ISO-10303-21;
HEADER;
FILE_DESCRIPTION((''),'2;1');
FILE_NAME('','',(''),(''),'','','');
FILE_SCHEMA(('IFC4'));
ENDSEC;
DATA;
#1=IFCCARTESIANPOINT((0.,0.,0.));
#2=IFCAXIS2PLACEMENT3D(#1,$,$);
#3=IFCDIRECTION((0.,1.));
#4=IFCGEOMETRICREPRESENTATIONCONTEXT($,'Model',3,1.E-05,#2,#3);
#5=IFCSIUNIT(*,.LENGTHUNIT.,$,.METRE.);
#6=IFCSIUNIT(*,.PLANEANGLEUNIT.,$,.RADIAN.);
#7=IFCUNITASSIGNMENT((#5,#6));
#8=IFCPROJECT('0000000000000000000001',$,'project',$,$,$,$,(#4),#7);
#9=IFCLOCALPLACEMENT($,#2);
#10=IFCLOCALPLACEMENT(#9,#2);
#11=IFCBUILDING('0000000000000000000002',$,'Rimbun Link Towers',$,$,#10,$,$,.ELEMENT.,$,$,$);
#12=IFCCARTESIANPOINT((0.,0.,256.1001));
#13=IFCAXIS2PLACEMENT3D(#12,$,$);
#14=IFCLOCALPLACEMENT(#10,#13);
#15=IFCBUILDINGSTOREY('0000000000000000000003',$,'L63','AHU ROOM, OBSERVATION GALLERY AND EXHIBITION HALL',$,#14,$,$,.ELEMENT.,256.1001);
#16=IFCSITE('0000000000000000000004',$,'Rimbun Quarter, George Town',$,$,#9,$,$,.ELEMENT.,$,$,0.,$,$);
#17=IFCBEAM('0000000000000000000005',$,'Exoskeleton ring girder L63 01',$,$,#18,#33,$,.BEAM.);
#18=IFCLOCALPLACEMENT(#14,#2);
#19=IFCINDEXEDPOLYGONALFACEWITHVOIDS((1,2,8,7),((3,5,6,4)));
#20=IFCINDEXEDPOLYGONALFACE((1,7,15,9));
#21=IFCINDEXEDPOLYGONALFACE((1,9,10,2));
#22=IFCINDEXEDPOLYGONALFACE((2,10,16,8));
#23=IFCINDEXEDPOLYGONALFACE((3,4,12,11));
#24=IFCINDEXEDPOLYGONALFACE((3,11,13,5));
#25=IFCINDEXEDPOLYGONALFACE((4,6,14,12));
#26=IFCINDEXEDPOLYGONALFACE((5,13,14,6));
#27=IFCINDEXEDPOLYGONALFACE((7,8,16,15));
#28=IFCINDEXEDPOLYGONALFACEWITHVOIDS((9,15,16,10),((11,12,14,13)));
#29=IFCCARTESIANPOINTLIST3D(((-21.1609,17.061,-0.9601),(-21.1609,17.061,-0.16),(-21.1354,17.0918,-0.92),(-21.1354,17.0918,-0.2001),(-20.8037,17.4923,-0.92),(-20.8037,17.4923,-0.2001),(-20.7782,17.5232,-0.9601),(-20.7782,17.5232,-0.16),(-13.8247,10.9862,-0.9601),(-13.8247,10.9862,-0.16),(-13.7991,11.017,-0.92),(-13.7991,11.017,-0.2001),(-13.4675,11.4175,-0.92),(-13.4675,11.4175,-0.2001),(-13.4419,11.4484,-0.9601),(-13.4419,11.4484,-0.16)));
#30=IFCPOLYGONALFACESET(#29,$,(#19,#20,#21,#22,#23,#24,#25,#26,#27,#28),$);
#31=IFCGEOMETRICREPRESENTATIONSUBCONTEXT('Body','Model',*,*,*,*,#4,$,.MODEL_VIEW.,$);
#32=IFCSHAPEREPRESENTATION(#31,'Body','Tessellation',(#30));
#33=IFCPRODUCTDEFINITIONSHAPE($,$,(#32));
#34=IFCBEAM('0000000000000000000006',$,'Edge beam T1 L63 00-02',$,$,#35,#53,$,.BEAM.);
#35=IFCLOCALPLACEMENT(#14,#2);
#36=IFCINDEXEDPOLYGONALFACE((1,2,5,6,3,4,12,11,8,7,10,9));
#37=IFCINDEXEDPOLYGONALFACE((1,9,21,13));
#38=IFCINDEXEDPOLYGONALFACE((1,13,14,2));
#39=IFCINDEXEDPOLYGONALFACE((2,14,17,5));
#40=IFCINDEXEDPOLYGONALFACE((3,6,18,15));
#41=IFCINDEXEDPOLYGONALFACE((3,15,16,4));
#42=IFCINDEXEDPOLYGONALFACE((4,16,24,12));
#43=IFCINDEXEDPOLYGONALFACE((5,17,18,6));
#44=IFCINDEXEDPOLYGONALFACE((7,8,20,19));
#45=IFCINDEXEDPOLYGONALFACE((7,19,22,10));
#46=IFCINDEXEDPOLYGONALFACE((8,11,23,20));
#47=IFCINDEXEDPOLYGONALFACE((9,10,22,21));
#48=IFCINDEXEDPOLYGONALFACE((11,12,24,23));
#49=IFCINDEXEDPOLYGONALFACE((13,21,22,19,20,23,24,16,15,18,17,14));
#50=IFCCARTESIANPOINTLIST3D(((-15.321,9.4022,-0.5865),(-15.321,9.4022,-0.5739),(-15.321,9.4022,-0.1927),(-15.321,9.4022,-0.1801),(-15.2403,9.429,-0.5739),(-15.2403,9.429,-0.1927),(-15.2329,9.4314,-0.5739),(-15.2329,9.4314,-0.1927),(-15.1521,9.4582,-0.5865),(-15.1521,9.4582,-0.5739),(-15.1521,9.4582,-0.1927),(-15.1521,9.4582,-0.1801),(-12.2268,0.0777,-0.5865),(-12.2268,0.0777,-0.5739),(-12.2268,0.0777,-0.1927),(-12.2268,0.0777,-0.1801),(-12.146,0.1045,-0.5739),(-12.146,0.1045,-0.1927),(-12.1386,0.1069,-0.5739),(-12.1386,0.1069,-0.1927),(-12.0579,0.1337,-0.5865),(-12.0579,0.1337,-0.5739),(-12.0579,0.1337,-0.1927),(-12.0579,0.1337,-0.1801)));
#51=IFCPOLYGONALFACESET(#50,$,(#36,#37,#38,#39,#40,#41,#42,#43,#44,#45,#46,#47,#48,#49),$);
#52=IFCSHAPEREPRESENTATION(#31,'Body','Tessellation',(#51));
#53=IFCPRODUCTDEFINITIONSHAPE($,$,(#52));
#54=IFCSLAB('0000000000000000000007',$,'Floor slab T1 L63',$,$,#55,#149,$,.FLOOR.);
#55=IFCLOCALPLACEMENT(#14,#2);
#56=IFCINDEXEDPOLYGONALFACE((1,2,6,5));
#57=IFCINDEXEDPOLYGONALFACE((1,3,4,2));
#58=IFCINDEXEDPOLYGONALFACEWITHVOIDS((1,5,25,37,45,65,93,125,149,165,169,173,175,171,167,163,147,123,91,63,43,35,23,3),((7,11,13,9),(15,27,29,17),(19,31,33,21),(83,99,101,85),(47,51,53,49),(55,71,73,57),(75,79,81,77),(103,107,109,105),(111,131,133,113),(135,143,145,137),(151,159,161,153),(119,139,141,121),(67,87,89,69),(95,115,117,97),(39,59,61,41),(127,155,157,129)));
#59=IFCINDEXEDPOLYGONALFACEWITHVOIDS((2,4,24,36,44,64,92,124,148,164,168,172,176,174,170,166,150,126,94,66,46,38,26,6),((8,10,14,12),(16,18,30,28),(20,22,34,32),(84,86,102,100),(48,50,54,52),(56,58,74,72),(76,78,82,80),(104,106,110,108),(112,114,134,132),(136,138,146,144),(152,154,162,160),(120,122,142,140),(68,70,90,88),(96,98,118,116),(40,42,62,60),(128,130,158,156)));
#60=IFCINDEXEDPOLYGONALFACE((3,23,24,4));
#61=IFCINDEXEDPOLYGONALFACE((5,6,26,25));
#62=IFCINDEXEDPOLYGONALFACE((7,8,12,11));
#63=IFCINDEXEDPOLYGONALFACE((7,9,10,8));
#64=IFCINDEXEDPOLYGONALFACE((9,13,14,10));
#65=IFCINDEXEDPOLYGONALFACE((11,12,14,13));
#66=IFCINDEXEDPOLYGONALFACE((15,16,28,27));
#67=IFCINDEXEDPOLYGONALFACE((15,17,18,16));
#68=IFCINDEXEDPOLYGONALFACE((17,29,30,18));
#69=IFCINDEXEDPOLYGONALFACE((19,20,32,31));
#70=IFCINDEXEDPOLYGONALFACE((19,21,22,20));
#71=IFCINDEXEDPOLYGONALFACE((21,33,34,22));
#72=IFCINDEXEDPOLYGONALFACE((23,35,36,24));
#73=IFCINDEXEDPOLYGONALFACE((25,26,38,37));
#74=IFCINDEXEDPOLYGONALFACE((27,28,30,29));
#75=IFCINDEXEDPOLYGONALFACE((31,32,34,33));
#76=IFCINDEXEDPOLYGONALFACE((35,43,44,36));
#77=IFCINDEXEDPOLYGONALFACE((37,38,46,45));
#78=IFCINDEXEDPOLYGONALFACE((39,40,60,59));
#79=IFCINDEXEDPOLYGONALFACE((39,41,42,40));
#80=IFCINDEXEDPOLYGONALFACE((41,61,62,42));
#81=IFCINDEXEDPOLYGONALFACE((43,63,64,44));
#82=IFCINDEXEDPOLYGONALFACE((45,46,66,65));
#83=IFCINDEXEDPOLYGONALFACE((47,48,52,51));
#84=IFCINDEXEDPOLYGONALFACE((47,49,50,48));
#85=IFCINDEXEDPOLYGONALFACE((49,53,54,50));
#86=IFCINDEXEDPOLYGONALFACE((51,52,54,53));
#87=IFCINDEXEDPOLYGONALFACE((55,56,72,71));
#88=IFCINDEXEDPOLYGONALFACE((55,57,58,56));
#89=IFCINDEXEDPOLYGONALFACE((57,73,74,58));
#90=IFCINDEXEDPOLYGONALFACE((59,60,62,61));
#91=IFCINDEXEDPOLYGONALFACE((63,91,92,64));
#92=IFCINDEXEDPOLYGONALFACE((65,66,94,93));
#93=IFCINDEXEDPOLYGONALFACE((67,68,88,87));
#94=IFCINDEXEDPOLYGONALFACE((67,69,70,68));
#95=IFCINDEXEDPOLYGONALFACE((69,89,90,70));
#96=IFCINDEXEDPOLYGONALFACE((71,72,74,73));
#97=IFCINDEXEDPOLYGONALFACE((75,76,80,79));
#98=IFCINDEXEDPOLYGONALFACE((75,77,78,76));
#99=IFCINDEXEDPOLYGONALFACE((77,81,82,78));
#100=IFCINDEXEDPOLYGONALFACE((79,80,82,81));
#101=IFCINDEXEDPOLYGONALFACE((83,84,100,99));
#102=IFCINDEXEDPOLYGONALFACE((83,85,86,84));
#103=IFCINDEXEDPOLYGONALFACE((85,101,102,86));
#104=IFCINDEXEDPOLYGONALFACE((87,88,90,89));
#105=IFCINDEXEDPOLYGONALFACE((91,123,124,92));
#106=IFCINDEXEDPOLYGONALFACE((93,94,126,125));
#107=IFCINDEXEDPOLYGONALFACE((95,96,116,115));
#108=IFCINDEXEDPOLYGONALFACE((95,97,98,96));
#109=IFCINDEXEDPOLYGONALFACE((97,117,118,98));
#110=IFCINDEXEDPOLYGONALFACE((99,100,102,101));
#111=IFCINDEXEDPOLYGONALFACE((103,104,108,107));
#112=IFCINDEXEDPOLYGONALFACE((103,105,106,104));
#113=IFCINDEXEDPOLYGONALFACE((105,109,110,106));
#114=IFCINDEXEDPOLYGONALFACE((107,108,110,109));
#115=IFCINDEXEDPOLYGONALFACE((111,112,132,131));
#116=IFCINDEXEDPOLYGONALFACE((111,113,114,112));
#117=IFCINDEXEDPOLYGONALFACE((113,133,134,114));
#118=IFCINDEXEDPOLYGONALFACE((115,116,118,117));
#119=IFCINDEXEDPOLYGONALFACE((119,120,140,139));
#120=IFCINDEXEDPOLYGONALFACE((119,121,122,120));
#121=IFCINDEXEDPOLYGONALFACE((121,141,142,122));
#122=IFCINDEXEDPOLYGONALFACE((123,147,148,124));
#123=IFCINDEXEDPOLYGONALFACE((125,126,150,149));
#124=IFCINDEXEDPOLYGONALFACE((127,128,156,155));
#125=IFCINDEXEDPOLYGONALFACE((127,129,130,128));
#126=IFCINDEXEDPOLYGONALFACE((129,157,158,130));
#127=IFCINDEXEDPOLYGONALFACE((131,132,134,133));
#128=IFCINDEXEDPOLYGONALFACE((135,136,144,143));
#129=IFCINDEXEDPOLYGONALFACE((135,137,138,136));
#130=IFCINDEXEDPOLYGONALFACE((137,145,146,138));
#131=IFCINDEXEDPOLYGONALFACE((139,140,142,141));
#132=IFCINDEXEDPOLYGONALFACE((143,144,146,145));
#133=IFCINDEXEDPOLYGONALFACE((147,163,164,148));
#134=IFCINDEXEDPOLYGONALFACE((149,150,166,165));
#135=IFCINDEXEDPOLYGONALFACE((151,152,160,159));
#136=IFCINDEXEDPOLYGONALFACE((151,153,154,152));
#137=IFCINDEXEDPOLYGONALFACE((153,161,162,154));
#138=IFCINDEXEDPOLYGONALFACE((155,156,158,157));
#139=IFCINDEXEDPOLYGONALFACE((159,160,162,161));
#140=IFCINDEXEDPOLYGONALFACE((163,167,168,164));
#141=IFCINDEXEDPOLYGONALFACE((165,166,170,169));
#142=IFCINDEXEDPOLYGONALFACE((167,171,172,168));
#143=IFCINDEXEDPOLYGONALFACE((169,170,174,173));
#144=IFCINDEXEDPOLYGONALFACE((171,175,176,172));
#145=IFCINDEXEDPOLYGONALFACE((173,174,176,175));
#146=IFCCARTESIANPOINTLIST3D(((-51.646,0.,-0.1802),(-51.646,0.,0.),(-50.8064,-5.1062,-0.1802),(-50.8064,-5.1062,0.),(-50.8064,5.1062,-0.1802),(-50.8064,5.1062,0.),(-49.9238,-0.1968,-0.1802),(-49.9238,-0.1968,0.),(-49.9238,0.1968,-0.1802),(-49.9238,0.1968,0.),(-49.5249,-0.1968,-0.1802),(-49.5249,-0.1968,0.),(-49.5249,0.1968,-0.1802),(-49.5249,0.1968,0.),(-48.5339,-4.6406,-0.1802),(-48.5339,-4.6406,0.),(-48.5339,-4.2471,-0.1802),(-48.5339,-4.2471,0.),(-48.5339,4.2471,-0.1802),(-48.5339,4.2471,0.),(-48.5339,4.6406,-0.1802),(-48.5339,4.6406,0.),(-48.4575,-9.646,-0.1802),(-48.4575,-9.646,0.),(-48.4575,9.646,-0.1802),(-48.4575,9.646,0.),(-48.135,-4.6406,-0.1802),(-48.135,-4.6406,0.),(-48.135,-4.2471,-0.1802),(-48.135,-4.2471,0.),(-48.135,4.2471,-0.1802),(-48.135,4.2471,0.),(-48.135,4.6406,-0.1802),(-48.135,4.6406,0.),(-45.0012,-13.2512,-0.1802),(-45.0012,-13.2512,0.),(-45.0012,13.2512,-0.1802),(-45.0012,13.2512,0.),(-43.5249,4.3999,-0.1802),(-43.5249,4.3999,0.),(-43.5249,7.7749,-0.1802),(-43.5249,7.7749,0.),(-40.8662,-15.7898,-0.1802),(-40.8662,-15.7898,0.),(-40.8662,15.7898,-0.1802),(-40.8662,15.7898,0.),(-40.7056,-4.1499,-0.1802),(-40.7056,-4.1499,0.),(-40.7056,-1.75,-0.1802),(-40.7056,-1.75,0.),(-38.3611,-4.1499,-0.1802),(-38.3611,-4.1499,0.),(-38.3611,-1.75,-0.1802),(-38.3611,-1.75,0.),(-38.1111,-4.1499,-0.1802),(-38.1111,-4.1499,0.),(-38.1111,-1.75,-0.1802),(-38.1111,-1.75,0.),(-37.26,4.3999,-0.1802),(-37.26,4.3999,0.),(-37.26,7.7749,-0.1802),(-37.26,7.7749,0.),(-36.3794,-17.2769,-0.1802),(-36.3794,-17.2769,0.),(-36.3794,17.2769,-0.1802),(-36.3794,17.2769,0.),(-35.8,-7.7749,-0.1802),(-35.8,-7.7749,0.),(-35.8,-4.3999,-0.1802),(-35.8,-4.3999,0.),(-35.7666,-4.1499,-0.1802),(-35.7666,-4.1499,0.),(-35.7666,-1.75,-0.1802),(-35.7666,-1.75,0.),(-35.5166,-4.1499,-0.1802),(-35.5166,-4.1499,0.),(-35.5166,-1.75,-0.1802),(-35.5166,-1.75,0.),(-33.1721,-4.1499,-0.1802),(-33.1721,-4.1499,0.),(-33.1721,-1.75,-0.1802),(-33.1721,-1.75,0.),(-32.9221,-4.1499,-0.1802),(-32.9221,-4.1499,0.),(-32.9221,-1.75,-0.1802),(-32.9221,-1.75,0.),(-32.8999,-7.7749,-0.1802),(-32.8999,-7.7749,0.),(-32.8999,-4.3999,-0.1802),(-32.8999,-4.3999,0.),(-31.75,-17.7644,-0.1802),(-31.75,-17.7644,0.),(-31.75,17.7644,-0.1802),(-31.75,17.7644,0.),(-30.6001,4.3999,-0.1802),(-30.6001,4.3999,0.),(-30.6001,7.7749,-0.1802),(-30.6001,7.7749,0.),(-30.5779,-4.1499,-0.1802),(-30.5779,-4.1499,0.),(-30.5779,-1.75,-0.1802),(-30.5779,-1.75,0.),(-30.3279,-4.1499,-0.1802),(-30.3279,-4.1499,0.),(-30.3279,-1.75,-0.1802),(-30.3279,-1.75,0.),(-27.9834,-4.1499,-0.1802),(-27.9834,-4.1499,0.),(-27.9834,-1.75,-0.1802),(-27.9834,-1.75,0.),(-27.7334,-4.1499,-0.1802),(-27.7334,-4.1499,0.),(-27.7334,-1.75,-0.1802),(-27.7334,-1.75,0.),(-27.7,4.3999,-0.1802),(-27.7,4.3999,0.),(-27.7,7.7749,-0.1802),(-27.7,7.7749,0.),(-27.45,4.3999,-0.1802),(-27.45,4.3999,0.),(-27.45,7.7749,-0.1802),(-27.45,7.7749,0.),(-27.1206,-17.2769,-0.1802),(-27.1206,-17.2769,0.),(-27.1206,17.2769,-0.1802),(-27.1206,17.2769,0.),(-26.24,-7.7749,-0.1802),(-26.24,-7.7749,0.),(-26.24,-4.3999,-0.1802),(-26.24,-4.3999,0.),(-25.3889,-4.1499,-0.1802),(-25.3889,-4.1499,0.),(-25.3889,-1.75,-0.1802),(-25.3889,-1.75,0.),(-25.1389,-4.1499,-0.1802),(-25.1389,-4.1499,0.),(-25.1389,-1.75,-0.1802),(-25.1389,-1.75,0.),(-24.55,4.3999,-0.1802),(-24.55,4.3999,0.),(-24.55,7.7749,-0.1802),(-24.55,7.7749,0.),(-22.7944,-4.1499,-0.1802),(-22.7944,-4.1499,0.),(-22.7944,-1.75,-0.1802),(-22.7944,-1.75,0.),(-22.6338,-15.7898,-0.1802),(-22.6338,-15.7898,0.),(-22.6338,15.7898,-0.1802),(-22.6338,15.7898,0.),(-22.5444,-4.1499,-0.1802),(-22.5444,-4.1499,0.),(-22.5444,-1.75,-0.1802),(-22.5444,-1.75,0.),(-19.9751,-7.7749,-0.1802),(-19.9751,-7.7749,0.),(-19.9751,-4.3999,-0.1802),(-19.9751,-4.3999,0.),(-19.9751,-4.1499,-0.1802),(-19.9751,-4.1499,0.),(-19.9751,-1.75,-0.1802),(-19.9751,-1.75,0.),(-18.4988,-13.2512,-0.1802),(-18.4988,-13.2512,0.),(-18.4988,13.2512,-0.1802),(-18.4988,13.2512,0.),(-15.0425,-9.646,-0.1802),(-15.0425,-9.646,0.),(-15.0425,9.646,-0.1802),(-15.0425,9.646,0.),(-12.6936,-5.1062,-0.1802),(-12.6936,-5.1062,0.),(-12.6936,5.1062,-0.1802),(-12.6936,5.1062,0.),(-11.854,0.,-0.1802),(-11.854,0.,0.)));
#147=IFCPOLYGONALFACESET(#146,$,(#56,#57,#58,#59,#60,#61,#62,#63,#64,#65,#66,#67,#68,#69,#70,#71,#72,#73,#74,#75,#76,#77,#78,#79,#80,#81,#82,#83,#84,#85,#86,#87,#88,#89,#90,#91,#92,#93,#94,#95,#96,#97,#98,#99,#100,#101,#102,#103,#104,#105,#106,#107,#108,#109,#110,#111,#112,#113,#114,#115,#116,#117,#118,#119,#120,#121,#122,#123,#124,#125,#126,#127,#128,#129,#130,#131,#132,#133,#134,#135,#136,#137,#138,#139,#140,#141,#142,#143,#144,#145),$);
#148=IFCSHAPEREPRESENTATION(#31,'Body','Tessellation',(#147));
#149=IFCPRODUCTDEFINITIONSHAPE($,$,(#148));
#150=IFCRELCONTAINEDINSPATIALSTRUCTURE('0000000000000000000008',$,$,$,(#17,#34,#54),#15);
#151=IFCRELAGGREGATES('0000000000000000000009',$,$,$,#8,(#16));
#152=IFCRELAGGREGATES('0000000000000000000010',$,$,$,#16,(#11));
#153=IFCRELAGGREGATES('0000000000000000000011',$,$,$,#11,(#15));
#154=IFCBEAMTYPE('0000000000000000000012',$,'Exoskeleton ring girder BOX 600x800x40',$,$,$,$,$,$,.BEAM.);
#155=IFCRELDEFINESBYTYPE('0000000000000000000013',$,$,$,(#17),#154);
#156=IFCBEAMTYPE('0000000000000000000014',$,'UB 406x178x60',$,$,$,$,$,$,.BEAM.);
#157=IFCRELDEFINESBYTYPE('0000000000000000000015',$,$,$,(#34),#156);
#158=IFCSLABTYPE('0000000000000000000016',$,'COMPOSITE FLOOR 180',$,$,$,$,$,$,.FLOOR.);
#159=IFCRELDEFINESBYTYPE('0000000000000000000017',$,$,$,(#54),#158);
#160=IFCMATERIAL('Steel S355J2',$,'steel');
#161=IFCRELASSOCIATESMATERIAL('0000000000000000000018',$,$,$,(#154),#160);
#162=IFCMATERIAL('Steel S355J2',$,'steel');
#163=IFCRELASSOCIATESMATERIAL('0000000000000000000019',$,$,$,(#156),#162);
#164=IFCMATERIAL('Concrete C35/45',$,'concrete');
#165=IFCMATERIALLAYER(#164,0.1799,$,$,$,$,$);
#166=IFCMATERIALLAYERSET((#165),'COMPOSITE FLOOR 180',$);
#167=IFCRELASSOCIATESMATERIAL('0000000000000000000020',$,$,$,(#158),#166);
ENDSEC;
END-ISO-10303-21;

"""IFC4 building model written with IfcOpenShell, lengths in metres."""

from ifc_helpers import new_model, si_unit, direction, frame, origin, origin_2d, place, context, subcontext, project, spatial, polyline, hollow_rectangle, i_section, outline, extrude, material, layer, layer_set, material_profile, profile_set, type_object, element, save


model = new_model("IFC4")

# Units and contexts
model_context = context("Model", 3, precision=1e-05, world=origin(), true_north=direction((0.0, 1.0)))
body_context = subcontext(model_context, "Body", "Model", "MODEL_VIEW")
ifc_project = project(units=[si_unit("LENGTHUNIT", "METRE"), si_unit("PLANEANGLEUNIT", "RADIAN")], contexts=[model_context])

# Site, building, storey
site_placement = place(None, origin())
site = spatial("IfcSite", under=ifc_project, at=site_placement, Name="Rimbun Quarter, George Town", CompositionType="ELEMENT", RefElevation=0.0)
building_placement = place(site_placement, origin())
building = spatial("IfcBuilding", under=site, at=building_placement, Name="Rimbun Link Towers", CompositionType="ELEMENT")
storey_placement = place(building_placement, frame((0.0, 0.0, 256.1001)))
storey = spatial("IfcBuildingStorey", under=building, at=storey_placement, Name="L63", Description="AHU ROOM, OBSERVATION GALLERY AND EXHIBITION HALL", CompositionType="ELEMENT", Elevation=256.1001)

# Beams
ifc_material_1 = material(Name="Steel S355J2", Category="steel")
ifc_material_profile_1 = material_profile(ifc_material_1, hollow_rectangle(XDim=0.6001, YDim=0.8, WallThickness=0.04, at=origin_2d()), Name="Exoskeleton ring girder BOX 600x800x40")
ifc_profile_set_1 = profile_set([ifc_material_profile_1], Name="Steel S355J2")
beam_type_1 = type_object("IfcBeamType", Name="Exoskeleton ring girder BOX 600x800x40", PredefinedType="BEAM", material=ifc_profile_set_1)
beam_1_placement = place(storey_placement, frame((-13.6333, 11.2173, -0.5601), z_axis=(-0.77022, 0.637779, 0.0), x_axis=(-0.637779, -0.77022, 0.0)))
element("IfcBeam", 1, at=beam_1_placement, inside=storey, type_object=beam_type_1, Name="Exoskeleton ring girder L63 01", PredefinedType="BEAM", context=body_context, shape_type="SweptSolid", body=[
    extrude(hollow_rectangle(XDim=0.6001, YDim=0.8, WallThickness=0.04, at=origin_2d()), origin(), (0.0, 0.0, 1.0), 9.5249),
])
ifc_material_2 = material(Name="Steel S355J2", Category="steel")
ifc_material_profile_2 = material_profile(ifc_material_2, i_section(OverallWidth=0.178, OverallDepth=0.4065, WebThickness=0.0078, FlangeThickness=0.0127, at=origin_2d()), Name="UB 406x178x60")
ifc_profile_set_2 = profile_set([ifc_material_profile_2], Name="Steel S355J2")
beam_type_2 = type_object("IfcBeamType", Name="UB 406x178x60", PredefinedType="BEAM", material=ifc_profile_set_2)
beam_2_placement = place(storey_placement, frame((-12.1423, 0.1057, -0.3833), z_axis=(-0.314953, 0.949107, 0.0), x_axis=(-0.949107, -0.314953, 0.0)))
element("IfcBeam", 2, at=beam_2_placement, inside=storey, type_object=beam_type_2, Name="Edge beam T1 L63 00-02", PredefinedType="BEAM", context=body_context, shape_type="SweptSolid", body=[
    extrude(i_section(OverallWidth=0.178, OverallDepth=0.4065, WebThickness=0.0078, FlangeThickness=0.0127, at=origin_2d()), origin(), (0.0, 0.0, 1.0), 9.8245),
])

# Slab
ifc_material_3 = material(Name="Concrete C35/45", Category="concrete")
ifc_layer_1 = layer(ifc_material_3, 0.1799)
ifc_layer_set_1 = layer_set([ifc_layer_1], Name="COMPOSITE FLOOR 180")
slab_type = type_object("IfcSlabType", Name="COMPOSITE FLOOR 180", PredefinedType="FLOOR", material=ifc_layer_set_1)
slab_1_placement = place(storey_placement, frame((0.0, 0.0, -0.1802)))
element("IfcSlab", 3, at=slab_1_placement, inside=storey, type_object=slab_type, Name="Floor slab T1 L63", PredefinedType="FLOOR", context=body_context, shape_type="SweptSolid", body=[
    extrude(outline(polyline([(-12.6936, -5.1062), (-15.0425, -9.646), (-18.4988, -13.2512), (-22.6338, -15.7898), (-27.1206, -17.2769), (-31.75, -17.7644), (-36.3794, -17.2769), (-40.8662, -15.7898), (-45.0012, -13.2512), (-48.4575, -9.646), (-50.8064, -5.1062), (-51.646, 0.0), (-50.8064, 5.1062), (-48.4575, 9.646), (-45.0012, 13.2512), (-40.8662, 15.7898), (-36.3794, 17.2769), (-31.75, 17.7644), (-27.1206, 17.2769), (-22.6338, 15.7898), (-18.4988, 13.2512), (-15.0425, 9.646), (-12.6936, 5.1062), (-11.854, 0.0), (-12.6936, -5.1062)]), holes=[polyline([(-32.8999, -7.7749), (-32.8999, -4.3999), (-35.8, -4.3999), (-35.8, -7.7749), (-32.8999, -7.7749)]), polyline([(-48.135, -4.6406), (-48.135, -4.2471), (-48.5339, -4.2471), (-48.5339, -4.6406), (-48.135, -4.6406)]), polyline([(-38.3611, -4.1499), (-38.3611, -1.75), (-40.7056, -1.75), (-40.7056, -4.1499), (-38.3611, -4.1499)]), polyline([(-35.7666, -4.1499), (-35.7666, -1.75), (-38.1111, -1.75), (-38.1111, -4.1499), (-35.7666, -4.1499)]), polyline([(-33.1721, -4.1499), (-33.1721, -1.75), (-35.5166, -1.75), (-35.5166, -4.1499), (-33.1721, -4.1499)]), polyline([(-49.5249, -0.1968), (-49.5249, 0.1968), (-49.9238, 0.1968), (-49.9238, -0.1968), (-49.5249, -0.1968)]), polyline([(-48.135, 4.2471), (-48.135, 4.6406), (-48.5339, 4.6406), (-48.5339, 4.2471), (-48.135, 4.2471)]), polyline([(-37.26, 4.3999), (-37.26, 7.7749), (-43.5249, 7.7749), (-43.5249, 4.3999), (-37.26, 4.3999)]), polyline([(-19.9751, -7.7749), (-19.9751, -4.3999), (-26.24, -4.3999), (-26.24, -7.7749), (-19.9751, -7.7749)]), polyline([(-30.5779, -4.1499), (-30.5779, -1.75), (-32.9221, -1.75), (-32.9221, -4.1499), (-30.5779, -4.1499)]), polyline([(-27.9834, -4.1499), (-27.9834, -1.75), (-30.3279, -1.75), (-30.3279, -4.1499), (-27.9834, -4.1499)]), polyline([(-25.3889, -4.1499), (-25.3889, -1.75), (-27.7334, -1.75), (-27.7334, -4.1499), (-25.3889, -4.1499)]), polyline([(-22.7944, -4.1499), (-22.7944, -1.75), (-25.1389, -1.75), (-25.1389, -4.1499), (-22.7944, -4.1499)]), polyline([(-19.9751, -4.1499), (-19.9751, -1.75), (-22.5444, -1.75), (-22.5444, -4.1499), (-19.9751, -4.1499)]), polyline([(-27.7, 4.3999), (-27.7, 7.7749), (-30.6001, 7.7749), (-30.6001, 4.3999), (-27.7, 4.3999)]), polyline([(-24.55, 4.3999), (-24.55, 7.7749), (-27.45, 7.7749), (-27.45, 4.3999), (-24.55, 4.3999)])]), origin(), (0.0, 0.0, 1.0), 0.1802),
])

save(model, "model.ifc")
